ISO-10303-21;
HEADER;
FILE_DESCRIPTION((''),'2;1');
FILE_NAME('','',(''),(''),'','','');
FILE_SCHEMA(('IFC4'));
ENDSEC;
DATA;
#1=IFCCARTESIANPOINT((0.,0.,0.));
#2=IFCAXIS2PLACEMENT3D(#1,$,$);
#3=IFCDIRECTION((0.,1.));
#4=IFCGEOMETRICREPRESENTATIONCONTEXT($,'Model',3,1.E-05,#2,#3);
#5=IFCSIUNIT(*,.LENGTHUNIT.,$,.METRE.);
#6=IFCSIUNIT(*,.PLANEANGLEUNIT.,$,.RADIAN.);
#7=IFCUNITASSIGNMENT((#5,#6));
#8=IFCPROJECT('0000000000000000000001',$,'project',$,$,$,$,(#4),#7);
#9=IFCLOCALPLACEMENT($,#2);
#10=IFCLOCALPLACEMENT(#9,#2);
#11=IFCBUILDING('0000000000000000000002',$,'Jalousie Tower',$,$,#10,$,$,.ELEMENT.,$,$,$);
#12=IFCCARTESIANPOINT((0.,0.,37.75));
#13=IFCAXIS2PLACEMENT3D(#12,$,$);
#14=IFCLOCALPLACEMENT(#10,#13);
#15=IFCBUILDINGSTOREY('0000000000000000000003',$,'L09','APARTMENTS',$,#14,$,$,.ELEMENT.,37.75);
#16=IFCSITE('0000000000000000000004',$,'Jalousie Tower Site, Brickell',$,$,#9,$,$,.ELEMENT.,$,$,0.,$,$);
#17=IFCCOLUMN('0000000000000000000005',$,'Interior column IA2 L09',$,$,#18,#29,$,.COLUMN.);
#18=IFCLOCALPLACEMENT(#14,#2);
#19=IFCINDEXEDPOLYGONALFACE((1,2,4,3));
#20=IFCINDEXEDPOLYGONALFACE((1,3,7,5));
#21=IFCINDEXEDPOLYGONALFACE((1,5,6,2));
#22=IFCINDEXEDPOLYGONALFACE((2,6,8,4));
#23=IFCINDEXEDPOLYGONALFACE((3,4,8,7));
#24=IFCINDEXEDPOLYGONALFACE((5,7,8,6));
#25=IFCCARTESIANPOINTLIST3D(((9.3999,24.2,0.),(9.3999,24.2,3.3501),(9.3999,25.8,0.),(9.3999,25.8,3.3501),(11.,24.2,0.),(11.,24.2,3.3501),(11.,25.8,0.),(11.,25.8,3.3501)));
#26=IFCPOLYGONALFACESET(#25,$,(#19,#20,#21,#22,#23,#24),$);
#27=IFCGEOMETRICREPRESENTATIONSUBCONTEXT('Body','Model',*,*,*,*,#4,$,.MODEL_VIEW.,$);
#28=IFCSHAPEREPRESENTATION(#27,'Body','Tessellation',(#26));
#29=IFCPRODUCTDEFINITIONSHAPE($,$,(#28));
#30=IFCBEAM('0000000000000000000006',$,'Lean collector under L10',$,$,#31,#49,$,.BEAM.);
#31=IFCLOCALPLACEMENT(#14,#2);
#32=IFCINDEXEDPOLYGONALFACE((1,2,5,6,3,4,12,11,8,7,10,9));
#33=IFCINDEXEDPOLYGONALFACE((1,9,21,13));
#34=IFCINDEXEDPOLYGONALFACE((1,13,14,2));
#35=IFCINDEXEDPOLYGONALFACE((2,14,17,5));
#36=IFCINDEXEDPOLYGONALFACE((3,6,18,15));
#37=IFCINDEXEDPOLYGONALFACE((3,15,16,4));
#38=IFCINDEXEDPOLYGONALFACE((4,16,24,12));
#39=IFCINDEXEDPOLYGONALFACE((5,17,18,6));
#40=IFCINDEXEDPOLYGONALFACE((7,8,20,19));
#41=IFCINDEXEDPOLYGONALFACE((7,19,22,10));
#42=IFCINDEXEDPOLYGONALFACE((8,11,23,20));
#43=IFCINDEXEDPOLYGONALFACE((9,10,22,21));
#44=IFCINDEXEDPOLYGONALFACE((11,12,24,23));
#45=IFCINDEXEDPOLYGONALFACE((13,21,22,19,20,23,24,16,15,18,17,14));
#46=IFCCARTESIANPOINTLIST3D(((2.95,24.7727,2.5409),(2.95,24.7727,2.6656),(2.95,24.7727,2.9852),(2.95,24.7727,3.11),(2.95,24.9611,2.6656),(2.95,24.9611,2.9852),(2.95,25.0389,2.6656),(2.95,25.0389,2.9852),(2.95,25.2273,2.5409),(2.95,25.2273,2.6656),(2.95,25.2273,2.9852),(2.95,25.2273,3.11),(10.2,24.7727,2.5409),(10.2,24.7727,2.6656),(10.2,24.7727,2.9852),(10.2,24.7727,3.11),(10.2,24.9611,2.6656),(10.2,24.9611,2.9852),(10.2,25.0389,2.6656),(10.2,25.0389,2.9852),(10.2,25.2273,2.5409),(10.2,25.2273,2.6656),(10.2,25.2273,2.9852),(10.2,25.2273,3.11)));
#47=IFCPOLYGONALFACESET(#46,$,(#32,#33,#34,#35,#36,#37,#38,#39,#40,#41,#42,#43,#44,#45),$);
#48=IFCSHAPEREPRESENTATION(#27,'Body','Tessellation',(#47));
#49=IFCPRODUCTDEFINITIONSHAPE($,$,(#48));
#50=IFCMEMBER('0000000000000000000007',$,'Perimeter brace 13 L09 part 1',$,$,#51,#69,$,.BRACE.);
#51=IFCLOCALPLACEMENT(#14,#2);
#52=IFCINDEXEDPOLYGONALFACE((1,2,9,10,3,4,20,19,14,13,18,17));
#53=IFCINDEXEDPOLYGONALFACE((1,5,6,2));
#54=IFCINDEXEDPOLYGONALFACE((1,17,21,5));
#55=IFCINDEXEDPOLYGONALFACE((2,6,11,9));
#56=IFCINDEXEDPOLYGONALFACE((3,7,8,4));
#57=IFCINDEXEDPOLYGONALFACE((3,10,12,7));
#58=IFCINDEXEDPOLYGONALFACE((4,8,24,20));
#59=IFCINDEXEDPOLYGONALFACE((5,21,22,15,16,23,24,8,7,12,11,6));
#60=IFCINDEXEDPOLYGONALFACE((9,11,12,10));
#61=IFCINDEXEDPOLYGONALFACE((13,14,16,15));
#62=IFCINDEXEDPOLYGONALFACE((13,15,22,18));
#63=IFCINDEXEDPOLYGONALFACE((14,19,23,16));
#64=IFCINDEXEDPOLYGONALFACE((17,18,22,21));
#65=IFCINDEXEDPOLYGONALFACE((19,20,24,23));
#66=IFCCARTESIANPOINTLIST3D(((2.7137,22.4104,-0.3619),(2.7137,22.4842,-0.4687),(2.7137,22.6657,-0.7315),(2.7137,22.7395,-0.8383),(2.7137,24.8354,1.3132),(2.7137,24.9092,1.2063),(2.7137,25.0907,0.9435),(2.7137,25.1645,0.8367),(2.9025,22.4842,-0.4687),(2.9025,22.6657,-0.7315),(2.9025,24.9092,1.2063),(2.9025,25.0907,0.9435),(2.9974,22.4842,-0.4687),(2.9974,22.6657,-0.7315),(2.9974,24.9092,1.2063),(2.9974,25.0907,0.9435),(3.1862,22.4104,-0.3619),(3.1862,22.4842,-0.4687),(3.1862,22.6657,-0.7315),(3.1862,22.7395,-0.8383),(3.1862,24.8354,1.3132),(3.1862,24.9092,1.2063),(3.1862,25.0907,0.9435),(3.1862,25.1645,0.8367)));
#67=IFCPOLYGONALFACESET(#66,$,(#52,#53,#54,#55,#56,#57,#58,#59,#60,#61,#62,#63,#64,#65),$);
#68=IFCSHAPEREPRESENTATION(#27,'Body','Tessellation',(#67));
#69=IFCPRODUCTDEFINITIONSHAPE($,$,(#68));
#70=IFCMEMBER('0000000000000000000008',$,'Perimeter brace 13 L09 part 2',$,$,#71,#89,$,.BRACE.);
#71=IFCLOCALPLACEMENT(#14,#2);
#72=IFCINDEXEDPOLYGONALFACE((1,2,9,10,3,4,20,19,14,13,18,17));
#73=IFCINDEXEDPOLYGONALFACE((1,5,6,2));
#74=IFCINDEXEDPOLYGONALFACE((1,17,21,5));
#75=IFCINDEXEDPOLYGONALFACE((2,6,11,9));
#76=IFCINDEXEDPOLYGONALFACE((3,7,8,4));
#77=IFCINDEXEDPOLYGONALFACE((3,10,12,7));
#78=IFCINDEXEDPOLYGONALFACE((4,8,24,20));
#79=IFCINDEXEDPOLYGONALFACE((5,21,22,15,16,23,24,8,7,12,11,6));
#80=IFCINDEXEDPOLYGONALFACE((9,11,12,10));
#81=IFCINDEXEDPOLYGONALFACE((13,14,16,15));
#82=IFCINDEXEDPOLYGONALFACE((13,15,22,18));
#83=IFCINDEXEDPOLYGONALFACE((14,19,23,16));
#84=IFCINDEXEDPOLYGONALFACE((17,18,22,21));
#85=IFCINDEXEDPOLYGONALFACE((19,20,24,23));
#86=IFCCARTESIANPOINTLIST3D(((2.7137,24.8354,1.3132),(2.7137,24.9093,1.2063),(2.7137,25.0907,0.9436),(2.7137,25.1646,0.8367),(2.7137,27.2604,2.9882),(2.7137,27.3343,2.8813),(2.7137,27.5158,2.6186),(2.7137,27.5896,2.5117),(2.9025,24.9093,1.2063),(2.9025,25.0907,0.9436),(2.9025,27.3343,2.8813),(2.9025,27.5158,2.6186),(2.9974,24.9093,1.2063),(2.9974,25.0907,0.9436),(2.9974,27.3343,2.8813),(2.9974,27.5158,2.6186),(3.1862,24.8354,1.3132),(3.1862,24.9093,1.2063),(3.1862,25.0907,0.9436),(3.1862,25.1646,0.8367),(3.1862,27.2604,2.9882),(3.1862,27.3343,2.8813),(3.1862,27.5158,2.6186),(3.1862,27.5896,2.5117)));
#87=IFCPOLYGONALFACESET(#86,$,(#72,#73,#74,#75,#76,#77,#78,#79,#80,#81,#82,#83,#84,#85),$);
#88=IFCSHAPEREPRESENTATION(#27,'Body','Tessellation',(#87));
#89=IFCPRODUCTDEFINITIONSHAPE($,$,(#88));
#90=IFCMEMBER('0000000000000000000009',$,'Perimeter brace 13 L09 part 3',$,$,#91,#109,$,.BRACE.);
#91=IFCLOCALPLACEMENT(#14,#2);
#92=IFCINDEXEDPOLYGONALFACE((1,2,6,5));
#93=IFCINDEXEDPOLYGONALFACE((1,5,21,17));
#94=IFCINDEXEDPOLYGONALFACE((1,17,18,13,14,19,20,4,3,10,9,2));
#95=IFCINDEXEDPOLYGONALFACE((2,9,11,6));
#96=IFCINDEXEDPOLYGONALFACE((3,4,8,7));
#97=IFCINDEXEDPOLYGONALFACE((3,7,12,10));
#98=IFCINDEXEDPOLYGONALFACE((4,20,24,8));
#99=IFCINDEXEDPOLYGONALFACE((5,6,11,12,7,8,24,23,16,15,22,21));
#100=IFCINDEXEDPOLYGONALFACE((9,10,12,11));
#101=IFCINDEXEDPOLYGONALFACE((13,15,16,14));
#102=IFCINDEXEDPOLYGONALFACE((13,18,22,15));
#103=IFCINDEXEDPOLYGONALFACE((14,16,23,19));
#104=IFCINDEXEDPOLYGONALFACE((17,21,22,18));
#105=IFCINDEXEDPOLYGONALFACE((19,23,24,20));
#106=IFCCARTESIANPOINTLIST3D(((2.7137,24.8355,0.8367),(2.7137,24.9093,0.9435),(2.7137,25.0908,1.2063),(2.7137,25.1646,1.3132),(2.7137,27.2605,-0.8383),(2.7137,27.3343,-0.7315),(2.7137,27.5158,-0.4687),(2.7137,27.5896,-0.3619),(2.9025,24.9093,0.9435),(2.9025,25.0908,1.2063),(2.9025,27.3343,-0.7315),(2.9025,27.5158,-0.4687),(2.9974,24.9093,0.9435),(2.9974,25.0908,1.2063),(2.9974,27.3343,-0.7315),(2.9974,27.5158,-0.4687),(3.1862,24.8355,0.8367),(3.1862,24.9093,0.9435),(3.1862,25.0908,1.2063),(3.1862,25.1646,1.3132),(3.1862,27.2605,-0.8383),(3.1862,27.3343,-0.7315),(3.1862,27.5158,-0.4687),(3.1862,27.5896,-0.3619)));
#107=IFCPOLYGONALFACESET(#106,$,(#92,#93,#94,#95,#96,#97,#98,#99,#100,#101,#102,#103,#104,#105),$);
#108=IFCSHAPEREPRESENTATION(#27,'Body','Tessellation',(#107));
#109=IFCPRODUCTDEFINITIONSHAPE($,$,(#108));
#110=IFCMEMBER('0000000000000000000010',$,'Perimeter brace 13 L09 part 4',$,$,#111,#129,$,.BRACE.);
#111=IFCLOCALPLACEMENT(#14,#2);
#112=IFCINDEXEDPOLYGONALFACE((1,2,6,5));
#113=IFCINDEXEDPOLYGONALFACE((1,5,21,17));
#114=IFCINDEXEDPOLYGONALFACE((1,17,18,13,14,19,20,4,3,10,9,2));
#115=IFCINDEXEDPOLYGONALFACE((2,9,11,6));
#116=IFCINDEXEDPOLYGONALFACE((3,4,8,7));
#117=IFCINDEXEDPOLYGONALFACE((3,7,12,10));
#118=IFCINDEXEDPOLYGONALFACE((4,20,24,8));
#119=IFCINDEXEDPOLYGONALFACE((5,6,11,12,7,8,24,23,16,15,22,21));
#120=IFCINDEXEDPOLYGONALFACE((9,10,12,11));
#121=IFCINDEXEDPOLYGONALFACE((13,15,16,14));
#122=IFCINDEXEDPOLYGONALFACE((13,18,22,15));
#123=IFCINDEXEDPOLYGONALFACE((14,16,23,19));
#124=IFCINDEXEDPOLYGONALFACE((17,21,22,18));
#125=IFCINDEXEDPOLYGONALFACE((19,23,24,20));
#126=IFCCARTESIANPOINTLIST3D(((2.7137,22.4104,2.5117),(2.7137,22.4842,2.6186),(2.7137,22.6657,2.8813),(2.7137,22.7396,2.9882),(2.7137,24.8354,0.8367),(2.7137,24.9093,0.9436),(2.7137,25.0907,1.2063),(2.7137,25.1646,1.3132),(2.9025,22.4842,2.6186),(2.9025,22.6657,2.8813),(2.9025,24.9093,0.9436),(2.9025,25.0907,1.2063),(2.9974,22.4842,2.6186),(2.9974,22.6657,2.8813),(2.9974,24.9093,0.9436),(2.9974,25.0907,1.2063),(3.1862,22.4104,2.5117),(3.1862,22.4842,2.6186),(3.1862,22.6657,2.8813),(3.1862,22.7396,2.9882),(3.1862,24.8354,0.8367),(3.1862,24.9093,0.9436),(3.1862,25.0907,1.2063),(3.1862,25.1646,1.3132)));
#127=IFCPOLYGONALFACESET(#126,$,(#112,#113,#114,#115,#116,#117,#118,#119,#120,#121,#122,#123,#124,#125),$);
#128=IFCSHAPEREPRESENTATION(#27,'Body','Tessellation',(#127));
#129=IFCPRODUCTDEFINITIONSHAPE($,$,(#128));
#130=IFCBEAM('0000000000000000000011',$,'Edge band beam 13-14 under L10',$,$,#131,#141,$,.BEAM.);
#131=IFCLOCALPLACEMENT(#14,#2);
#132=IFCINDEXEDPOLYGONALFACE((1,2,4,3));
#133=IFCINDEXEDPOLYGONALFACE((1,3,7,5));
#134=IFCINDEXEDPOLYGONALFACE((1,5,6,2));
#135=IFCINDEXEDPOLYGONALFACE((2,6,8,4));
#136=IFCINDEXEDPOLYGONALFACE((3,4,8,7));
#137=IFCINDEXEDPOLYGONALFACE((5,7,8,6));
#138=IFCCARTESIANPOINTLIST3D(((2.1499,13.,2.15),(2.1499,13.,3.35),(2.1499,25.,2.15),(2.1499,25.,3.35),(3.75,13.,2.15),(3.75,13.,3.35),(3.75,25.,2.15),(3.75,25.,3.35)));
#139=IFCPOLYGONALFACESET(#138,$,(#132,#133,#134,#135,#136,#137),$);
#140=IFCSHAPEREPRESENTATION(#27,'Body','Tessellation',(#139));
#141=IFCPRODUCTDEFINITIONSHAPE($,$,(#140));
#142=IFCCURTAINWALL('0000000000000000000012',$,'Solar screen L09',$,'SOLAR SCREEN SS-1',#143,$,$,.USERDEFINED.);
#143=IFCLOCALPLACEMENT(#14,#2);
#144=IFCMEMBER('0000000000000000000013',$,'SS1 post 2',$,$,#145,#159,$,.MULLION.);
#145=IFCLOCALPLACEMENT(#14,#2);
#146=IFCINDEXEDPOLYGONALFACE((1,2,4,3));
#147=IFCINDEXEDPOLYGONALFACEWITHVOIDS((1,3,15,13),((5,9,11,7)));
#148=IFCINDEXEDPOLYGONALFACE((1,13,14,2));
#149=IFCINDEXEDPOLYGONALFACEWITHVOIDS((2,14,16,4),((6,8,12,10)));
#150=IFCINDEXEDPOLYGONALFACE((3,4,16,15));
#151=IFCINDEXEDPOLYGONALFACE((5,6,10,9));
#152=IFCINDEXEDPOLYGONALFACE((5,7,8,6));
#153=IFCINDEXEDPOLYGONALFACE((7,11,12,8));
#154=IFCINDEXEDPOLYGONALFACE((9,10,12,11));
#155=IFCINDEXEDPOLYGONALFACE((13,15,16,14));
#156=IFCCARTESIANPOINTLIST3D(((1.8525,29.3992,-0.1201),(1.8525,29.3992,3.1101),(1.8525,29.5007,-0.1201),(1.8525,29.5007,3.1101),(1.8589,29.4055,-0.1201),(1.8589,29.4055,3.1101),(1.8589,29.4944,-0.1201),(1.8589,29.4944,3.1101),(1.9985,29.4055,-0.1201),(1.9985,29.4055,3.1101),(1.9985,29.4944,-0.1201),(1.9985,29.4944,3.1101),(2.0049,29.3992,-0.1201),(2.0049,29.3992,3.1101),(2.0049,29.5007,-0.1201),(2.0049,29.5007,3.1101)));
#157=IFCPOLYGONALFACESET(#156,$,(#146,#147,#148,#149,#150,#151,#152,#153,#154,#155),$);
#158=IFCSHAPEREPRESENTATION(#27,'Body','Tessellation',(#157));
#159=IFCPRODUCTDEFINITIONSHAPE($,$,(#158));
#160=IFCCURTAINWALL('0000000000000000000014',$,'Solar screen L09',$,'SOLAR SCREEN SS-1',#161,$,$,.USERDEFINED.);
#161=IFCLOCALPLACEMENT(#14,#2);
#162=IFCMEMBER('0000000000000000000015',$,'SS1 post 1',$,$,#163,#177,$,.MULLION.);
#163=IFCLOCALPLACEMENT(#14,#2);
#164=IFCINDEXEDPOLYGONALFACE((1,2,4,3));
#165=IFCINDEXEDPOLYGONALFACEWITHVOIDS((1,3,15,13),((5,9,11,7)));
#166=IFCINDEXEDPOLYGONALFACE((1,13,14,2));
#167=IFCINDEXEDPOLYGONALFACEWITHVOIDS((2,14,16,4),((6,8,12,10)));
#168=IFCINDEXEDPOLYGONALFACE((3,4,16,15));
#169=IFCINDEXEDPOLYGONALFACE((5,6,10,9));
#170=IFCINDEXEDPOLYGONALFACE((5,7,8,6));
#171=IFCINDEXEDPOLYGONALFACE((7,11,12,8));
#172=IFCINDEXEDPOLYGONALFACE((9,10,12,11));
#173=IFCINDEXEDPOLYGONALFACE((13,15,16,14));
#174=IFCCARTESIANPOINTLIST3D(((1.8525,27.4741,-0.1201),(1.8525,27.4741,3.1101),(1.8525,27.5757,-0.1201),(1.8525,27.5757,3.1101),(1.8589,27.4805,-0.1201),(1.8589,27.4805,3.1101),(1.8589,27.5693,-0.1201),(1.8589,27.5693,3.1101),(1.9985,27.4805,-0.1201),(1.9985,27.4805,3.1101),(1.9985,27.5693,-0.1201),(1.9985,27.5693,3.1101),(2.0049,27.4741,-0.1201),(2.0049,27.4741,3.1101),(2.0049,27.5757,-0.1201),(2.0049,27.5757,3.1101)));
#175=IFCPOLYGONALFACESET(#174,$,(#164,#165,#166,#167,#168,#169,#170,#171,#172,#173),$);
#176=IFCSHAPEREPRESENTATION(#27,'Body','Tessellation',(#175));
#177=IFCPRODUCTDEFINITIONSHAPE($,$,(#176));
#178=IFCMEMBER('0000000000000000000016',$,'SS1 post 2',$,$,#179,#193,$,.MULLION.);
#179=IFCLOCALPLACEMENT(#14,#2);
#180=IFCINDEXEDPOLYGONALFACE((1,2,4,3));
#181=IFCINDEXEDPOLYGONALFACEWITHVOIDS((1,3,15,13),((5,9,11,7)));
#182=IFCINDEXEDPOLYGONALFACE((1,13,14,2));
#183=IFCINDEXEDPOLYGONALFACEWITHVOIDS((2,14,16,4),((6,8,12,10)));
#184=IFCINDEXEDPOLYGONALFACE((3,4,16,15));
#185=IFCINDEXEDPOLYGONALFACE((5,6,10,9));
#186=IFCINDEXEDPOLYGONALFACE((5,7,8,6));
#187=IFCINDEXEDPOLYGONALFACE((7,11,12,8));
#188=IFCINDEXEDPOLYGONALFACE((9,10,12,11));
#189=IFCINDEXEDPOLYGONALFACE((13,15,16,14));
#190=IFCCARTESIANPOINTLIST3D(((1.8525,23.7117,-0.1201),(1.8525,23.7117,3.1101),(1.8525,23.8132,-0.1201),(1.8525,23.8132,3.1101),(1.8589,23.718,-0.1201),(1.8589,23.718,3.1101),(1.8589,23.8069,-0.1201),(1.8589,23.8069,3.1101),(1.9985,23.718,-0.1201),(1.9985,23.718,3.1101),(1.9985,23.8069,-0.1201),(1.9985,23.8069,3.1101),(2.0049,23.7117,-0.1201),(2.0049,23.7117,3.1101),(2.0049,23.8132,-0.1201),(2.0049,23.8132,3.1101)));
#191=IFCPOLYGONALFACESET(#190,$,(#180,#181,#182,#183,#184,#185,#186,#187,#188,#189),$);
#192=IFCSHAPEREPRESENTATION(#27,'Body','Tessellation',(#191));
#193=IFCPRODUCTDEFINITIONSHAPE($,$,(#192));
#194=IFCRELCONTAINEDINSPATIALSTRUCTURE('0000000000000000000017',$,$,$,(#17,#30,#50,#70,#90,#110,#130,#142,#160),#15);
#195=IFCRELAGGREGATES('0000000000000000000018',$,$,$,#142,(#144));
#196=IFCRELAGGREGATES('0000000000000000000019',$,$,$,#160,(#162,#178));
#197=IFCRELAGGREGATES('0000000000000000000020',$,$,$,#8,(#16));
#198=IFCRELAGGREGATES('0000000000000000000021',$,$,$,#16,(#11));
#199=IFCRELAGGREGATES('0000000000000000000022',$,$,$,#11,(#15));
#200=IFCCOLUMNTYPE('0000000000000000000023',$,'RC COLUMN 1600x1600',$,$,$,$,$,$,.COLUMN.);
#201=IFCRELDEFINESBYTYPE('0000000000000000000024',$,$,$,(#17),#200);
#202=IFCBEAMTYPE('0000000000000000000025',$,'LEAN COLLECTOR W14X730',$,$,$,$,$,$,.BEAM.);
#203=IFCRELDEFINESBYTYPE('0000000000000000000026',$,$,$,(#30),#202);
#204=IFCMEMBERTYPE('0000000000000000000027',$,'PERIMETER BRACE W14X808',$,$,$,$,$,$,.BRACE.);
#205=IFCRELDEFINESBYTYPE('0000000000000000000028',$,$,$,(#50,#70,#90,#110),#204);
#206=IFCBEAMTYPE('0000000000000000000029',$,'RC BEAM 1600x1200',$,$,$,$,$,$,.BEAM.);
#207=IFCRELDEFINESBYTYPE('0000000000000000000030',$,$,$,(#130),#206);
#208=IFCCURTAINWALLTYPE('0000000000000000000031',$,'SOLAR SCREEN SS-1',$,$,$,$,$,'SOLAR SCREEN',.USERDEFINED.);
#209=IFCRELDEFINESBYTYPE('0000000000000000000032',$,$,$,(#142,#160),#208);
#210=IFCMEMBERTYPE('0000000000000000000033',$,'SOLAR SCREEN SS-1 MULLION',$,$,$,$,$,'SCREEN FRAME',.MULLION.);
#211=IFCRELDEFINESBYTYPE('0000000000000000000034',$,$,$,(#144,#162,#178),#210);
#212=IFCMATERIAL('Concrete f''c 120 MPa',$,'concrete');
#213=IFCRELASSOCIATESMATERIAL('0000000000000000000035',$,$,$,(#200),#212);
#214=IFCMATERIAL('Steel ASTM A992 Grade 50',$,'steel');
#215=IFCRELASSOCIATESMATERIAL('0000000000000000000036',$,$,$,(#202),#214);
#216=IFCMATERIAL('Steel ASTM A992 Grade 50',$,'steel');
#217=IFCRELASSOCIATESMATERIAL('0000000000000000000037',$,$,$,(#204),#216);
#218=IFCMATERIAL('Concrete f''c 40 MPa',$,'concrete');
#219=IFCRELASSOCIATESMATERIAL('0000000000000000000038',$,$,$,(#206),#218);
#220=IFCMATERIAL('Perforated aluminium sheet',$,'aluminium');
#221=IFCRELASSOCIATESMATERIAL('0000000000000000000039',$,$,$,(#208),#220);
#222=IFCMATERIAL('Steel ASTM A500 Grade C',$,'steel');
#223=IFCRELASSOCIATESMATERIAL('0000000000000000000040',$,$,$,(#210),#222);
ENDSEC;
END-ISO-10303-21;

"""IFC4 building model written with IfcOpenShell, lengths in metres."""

from ifc_helpers import new_model, si_unit, direction, frame, origin, origin_2d, place, context, subcontext, project, spatial, rectangle, hollow_rectangle, i_section, extrude, material, material_profile, profile_set, type_object, element, aggregate, save


model = new_model("IFC4")

# Units and contexts
model_context = context("Model", 3, precision=1e-05, world=origin(), true_north=direction((0.0, 1.0)))
body_context = subcontext(model_context, "Body", "Model", "MODEL_VIEW")
ifc_project = project(units=[si_unit("LENGTHUNIT", "METRE"), si_unit("PLANEANGLEUNIT", "RADIAN")], contexts=[model_context])

# Site, building, storey
site_placement = place(None, origin())
site = spatial("IfcSite", under=ifc_project, at=site_placement, Name="Jalousie Tower Site, Brickell", CompositionType="ELEMENT", RefElevation=0.0)
building_placement = place(site_placement, origin())
building = spatial("IfcBuilding", under=site, at=building_placement, Name="Jalousie Tower", CompositionType="ELEMENT")
storey_placement = place(building_placement, frame((0.0, 0.0, 37.75)))
storey = spatial("IfcBuildingStorey", under=building, at=storey_placement, Name="L09", Description="APARTMENTS", CompositionType="ELEMENT", Elevation=37.75)

# Column
ifc_material_1 = material(Name="Concrete f'c 120 MPa", Category="concrete")
ifc_material_profile_1 = material_profile(ifc_material_1, rectangle(XDim=1.6001, YDim=1.6001, at=origin_2d()), Name="RC 1600x1600")
ifc_profile_set_1 = profile_set([ifc_material_profile_1], Name="Concrete f'c 120 MPa")
column_type = type_object("IfcColumnType", Name="RC COLUMN 1600x1600", PredefinedType="COLUMN", material=ifc_profile_set_1)
column_placement = place(storey_placement, frame((10.2, 25.0, 0.0), z_axis=(0.0, 0.0, 1.0), x_axis=(1.0, 0.0, 0.0)))
element("IfcColumn", 1, at=column_placement, inside=storey, type_object=column_type, Name="Interior column IA2 L09", PredefinedType="COLUMN", context=body_context, shape_type="SweptSolid", body=[
    extrude(rectangle(XDim=1.6001, YDim=1.6001, at=origin_2d()), origin(), (0.0, 0.0, 1.0), 3.3501),
])

# Beam
ifc_material_2 = material(Name="Steel ASTM A992 Grade 50", Category="steel")
ifc_material_profile_2 = material_profile(ifc_material_2, i_section(OverallWidth=0.4546, OverallDepth=0.5691, WebThickness=0.0779, FlangeThickness=0.1248, at=origin_2d()), Name="W14X730")
ifc_profile_set_2 = profile_set([ifc_material_profile_2], Name="Steel ASTM A992 Grade 50")
beam_type_1 = type_object("IfcBeamType", Name="LEAN COLLECTOR W14X730", PredefinedType="BEAM", material=ifc_profile_set_2)
beam_1_placement = place(storey_placement, frame((2.95, 25.0, 2.8254), z_axis=(1.0, 0.0, 0.0), x_axis=(0.0, 1.0, 0.0)))
element("IfcBeam", 2, at=beam_1_placement, inside=storey, type_object=beam_type_1, Name="Lean collector under L10", PredefinedType="BEAM", context=body_context, shape_type="SweptSolid", body=[
    extrude(i_section(OverallWidth=0.4546, OverallDepth=0.5691, WebThickness=0.0779, FlangeThickness=0.1248, at=origin_2d()), origin(), (0.0, 0.0, 1.0), 7.25),
])

# Members
ifc_material_3 = material(Name="Steel ASTM A992 Grade 50", Category="steel")
ifc_material_profile_3 = material_profile(ifc_material_3, i_section(OverallWidth=0.4724, OverallDepth=0.5791, WebThickness=0.095, FlangeThickness=0.1299, at=origin_2d()), Name="W14X808")
ifc_profile_set_3 = profile_set([ifc_material_profile_3], Name="Steel ASTM A992 Grade 50")
member_type_1 = type_object("IfcMemberType", Name="PERIMETER BRACE W14X808", PredefinedType="BRACE", material=ifc_profile_set_3)
for number, where, z_axis, x_axis, name in (
    (3, (2.95, 22.575, -0.6001), (0.0, 0.8228, 0.568331), (-1.0, 0.0, 0.0), "Perimeter brace 13 L09 part 1"),
    (4, (2.95, 25.0, 1.075), (0.0, 0.8228, 0.568331), (-1.0, 0.0, 0.0), "Perimeter brace 13 L09 part 2"),
    (5, (2.95, 27.425, -0.6001), (0.0, -0.8228, 0.568331), (1.0, 0.0, 0.0), "Perimeter brace 13 L09 part 3"),
    (6, (2.95, 25.0, 1.075), (0.0, -0.8228, 0.568331), (1.0, 0.0, 0.0), "Perimeter brace 13 L09 part 4"),
):
    element("IfcMember", number, at=place(storey_placement, frame(where, z_axis=z_axis, x_axis=x_axis)), inside=storey, type_object=member_type_1, Name=name, PredefinedType="BRACE", context=body_context, shape_type="SweptSolid", body=[
        extrude(i_section(OverallWidth=0.4724, OverallDepth=0.5791, WebThickness=0.095, FlangeThickness=0.1299, at=origin_2d()), origin(), (0.0, 0.0, 1.0), 2.9473),
    ])

# Beam
ifc_material_4 = material(Name="Concrete f'c 40 MPa", Category="concrete")
ifc_material_profile_4 = material_profile(ifc_material_4, rectangle(XDim=1.6001, YDim=1.2, at=origin_2d()), Name="RC 1600x1200")
ifc_profile_set_4 = profile_set([ifc_material_profile_4], Name="Concrete f'c 40 MPa")
beam_type_2 = type_object("IfcBeamType", Name="RC BEAM 1600x1200", PredefinedType="BEAM", material=ifc_profile_set_4)
beam_2_placement = place(storey_placement, frame((2.95, 25.0, 2.75), z_axis=(0.0, -1.0, 0.0), x_axis=(1.0, 0.0, 0.0)))
element("IfcBeam", 7, at=beam_2_placement, inside=storey, type_object=beam_type_2, Name="Edge band beam 13-14 under L10", PredefinedType="BEAM", context=body_context, shape_type="SweptSolid", body=[
    extrude(rectangle(XDim=1.6001, YDim=1.2, at=origin_2d()), origin(), (0.0, 0.0, 1.0), 12.0),
])

# Curtain wall, member
ifc_material_5 = material(Name="Perforated aluminium sheet", Category="aluminium")
curtain_wall_type = type_object("IfcCurtainWallType", Name="SOLAR SCREEN SS-1", ElementType="SOLAR SCREEN", PredefinedType="USERDEFINED", material=ifc_material_5)
curtain_wall_1_placement = place(storey_placement, origin())
curtain_wall_1 = element("IfcCurtainWall", 8, at=curtain_wall_1_placement, inside=storey, type_object=curtain_wall_type, Name="Solar screen L09", ObjectType="SOLAR SCREEN SS-1", PredefinedType="USERDEFINED")
ifc_material_6 = material(Name="Steel ASTM A500 Grade C", Category="steel")
ifc_material_profile_5 = material_profile(ifc_material_6, hollow_rectangle(XDim=0.1016, YDim=0.1523, WallThickness=0.0063, at=origin_2d()), Name="HSS6X4X1/4")
ifc_profile_set_5 = profile_set([ifc_material_profile_5], Name="Steel ASTM A500 Grade C")
member_type_2 = type_object("IfcMemberType", Name="SOLAR SCREEN SS-1 MULLION", ElementType="SCREEN FRAME", PredefinedType="MULLION", material=ifc_profile_set_5)
member_1_placement = place(storey_placement, frame((1.9287, 29.45, -0.1201), z_axis=(0.0, 0.0, 1.0), x_axis=(0.0, -1.0, 0.0)))
member_1 = element("IfcMember", 9, at=member_1_placement, type_object=member_type_2, Name="SS1 post 2", PredefinedType="MULLION", context=body_context, shape_type="SweptSolid", body=[
    extrude(hollow_rectangle(XDim=0.1016, YDim=0.1523, WallThickness=0.0063, at=origin_2d()), origin(), (0.0, 0.0, 1.0), 3.2302),
])
aggregate(curtain_wall_1, [member_1])

# Curtain wall, members
curtain_wall_2_placement = place(storey_placement, origin())
curtain_wall_2 = element("IfcCurtainWall", 10, at=curtain_wall_2_placement, inside=storey, type_object=curtain_wall_type, Name="Solar screen L09", ObjectType="SOLAR SCREEN SS-1", PredefinedType="USERDEFINED")
member_2_placement = place(storey_placement, frame((1.9287, 27.5249, -0.1201), z_axis=(0.0, 0.0, 1.0), x_axis=(0.0, -1.0, 0.0)))
member_2 = element("IfcMember", 11, at=member_2_placement, type_object=member_type_2, Name="SS1 post 1", PredefinedType="MULLION", context=body_context, shape_type="SweptSolid", body=[
    extrude(hollow_rectangle(XDim=0.1016, YDim=0.1523, WallThickness=0.0063, at=origin_2d()), origin(), (0.0, 0.0, 1.0), 3.2302),
])
member_3_placement = place(storey_placement, frame((1.9287, 23.7625, -0.1201), z_axis=(0.0, 0.0, 1.0), x_axis=(0.0, -1.0, 0.0)))
member_3 = element("IfcMember", 12, at=member_3_placement, type_object=member_type_2, Name="SS1 post 2", PredefinedType="MULLION", context=body_context, shape_type="SweptSolid", body=[
    extrude(hollow_rectangle(XDim=0.1016, YDim=0.1523, WallThickness=0.0063, at=origin_2d()), origin(), (0.0, 0.0, 1.0), 3.2302),
])
aggregate(curtain_wall_2, [member_2, member_3])

save(model, "model.ifc")
